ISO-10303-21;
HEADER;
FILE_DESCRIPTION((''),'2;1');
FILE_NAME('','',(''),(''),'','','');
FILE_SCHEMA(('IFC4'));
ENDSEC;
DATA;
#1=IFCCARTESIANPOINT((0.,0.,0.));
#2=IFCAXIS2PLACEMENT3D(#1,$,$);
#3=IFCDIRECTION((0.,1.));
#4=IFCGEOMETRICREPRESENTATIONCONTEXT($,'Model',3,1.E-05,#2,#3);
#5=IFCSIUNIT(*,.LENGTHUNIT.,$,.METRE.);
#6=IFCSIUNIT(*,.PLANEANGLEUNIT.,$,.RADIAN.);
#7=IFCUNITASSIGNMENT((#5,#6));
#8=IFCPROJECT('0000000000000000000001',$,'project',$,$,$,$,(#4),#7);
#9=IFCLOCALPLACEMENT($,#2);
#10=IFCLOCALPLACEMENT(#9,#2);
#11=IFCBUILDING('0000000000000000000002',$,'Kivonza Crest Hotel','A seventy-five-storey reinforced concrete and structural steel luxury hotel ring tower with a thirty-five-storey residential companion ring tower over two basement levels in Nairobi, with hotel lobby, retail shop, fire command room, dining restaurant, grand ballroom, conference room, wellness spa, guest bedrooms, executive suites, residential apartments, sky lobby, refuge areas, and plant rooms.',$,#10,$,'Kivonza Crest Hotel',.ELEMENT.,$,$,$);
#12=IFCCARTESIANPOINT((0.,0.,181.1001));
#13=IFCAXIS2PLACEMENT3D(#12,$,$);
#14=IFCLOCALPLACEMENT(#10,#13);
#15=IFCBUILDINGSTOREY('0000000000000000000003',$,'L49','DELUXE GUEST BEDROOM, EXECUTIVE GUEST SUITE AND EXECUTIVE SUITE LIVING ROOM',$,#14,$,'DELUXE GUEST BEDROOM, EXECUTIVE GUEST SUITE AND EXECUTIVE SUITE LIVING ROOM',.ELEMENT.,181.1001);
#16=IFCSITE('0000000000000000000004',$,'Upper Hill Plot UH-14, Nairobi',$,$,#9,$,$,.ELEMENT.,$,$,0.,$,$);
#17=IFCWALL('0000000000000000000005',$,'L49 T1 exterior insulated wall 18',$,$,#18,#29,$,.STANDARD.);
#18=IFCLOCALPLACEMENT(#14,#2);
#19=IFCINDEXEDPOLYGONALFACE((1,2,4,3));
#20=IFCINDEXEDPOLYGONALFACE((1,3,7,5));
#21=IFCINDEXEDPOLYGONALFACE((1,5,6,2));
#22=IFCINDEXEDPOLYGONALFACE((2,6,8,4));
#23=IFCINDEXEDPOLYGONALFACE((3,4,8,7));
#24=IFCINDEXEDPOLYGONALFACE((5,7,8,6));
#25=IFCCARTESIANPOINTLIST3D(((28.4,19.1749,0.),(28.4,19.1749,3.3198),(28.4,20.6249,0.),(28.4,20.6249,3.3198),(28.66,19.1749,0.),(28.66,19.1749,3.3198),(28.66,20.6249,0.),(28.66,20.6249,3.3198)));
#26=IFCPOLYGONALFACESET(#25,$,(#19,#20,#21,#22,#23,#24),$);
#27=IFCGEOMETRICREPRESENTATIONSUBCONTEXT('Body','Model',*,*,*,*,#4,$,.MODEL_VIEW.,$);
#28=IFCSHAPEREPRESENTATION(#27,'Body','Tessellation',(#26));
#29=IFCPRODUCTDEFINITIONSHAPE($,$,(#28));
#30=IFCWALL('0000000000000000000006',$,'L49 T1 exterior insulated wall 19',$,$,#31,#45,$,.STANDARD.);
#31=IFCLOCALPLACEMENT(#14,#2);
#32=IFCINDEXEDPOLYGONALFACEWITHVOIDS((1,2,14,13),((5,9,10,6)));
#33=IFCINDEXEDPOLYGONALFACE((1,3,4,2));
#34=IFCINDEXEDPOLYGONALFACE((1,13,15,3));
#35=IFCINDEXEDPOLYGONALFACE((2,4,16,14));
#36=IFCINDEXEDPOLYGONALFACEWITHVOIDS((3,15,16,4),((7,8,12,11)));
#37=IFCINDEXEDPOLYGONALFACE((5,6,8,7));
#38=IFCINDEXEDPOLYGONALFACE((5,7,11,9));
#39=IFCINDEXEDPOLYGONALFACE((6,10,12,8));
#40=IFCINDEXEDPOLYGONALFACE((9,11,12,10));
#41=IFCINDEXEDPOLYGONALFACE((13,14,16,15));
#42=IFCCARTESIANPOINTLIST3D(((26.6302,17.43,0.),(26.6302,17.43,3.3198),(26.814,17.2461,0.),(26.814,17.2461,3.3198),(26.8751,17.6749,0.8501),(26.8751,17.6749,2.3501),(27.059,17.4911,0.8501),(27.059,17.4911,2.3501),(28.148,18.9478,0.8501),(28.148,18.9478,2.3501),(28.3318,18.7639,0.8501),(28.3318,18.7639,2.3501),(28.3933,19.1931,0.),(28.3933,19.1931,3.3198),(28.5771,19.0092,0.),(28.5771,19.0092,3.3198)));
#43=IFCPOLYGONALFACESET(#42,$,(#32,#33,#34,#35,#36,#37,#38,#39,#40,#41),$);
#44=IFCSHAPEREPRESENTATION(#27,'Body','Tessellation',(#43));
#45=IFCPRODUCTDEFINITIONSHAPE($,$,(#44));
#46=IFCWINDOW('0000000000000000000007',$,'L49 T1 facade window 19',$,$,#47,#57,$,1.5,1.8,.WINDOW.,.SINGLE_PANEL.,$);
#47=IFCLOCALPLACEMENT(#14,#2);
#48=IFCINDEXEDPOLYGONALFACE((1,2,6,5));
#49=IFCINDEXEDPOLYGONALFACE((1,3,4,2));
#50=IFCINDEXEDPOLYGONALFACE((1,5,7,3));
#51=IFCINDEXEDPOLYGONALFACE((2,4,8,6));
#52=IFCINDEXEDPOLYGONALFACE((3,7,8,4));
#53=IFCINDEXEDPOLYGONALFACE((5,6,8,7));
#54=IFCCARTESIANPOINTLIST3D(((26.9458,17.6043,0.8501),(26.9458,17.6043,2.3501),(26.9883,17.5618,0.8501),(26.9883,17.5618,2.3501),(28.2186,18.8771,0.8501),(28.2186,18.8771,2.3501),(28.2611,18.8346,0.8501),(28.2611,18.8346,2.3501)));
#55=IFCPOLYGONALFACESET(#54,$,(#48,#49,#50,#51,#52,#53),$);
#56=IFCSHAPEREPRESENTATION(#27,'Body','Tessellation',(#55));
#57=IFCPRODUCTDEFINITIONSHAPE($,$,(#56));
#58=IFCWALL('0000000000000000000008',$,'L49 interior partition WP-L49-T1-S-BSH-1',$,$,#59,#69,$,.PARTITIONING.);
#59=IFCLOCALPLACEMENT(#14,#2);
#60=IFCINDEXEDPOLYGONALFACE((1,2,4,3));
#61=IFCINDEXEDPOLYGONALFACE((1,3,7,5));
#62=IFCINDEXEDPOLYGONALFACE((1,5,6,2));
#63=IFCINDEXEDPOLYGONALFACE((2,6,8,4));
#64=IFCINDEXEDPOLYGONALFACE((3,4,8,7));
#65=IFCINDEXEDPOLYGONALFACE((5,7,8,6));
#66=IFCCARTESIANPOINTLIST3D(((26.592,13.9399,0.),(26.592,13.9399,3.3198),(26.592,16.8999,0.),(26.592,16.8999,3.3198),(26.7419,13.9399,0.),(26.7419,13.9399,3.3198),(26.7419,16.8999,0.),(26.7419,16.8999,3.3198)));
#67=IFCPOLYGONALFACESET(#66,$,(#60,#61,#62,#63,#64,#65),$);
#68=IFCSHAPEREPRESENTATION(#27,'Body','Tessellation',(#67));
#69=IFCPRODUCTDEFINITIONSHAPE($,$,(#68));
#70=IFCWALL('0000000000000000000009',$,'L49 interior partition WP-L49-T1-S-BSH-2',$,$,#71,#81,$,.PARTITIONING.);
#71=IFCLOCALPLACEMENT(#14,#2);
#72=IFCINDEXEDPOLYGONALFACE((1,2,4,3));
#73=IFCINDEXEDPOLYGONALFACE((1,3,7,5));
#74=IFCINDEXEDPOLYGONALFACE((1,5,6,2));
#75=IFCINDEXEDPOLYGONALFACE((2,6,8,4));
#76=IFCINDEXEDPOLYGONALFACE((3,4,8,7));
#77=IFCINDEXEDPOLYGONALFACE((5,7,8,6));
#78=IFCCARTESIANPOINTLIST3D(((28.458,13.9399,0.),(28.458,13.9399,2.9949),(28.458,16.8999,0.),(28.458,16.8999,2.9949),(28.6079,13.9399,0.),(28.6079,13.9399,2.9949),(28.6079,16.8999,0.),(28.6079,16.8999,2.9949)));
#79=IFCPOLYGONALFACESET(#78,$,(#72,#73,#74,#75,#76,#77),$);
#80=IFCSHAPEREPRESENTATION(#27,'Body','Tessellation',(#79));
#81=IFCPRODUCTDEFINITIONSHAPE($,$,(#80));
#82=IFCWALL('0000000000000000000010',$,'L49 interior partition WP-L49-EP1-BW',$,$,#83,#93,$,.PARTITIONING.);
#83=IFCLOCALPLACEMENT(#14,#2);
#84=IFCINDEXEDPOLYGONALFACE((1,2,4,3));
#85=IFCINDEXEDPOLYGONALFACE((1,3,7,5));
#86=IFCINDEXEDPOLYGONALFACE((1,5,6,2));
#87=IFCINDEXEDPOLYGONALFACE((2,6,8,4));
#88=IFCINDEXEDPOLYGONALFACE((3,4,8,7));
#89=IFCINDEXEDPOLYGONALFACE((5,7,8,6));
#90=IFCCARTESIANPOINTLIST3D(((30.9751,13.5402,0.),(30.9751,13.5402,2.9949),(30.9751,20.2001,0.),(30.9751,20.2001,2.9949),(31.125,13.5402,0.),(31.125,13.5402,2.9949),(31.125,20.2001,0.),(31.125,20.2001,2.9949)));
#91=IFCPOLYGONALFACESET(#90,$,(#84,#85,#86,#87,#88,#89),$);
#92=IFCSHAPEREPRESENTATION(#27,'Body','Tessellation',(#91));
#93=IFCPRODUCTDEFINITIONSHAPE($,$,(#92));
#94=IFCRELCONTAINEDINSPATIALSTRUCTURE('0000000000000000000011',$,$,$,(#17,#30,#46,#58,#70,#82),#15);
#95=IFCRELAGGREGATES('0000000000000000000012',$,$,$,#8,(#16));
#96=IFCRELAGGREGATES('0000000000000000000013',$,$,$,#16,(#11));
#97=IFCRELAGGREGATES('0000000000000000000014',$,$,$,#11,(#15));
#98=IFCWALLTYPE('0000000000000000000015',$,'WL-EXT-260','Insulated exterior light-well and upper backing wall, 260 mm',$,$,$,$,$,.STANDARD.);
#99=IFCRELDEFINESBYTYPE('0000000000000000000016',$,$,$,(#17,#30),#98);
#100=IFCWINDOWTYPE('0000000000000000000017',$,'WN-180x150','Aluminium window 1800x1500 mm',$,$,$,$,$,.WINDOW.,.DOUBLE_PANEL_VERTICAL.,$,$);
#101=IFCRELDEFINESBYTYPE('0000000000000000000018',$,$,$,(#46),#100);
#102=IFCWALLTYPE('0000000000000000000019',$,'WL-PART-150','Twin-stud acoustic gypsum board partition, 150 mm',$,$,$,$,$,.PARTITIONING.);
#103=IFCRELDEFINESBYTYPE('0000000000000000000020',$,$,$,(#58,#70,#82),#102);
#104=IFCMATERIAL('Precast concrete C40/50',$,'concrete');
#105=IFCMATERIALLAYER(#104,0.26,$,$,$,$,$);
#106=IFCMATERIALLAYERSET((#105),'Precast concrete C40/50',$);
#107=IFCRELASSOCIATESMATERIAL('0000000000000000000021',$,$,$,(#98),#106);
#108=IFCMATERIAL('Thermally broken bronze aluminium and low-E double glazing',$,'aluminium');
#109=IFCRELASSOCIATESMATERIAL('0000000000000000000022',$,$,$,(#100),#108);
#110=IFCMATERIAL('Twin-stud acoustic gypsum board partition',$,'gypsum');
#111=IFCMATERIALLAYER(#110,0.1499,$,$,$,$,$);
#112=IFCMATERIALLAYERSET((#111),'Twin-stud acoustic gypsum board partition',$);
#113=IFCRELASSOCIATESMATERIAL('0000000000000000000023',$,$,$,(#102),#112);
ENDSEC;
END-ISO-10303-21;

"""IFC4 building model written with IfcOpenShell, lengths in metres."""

from ifc_helpers import new_model, si_unit, direction, frame, frame_2d, origin, place, context, subcontext, project, spatial, rectangle, extrude, material, layer, layer_set, type_object, element, fill, save


model = new_model("IFC4")

# Units and contexts
model_context = context("Model", 3, precision=1e-05, world=origin(), true_north=direction((0.0, 1.0)))
body_context = subcontext(model_context, "Body", "Model", "MODEL_VIEW")
ifc_project = project(units=[si_unit("LENGTHUNIT", "METRE"), si_unit("PLANEANGLEUNIT", "RADIAN")], contexts=[model_context])

# Site, building, storey
site_placement = place(None, origin())
site = spatial("IfcSite", under=ifc_project, at=site_placement, Name="Upper Hill Plot UH-14, Nairobi", CompositionType="ELEMENT", RefElevation=0.0)
building_placement = place(site_placement, origin())
building = spatial("IfcBuilding", under=site, at=building_placement, Name="Kivonza Crest Hotel", Description="A seventy-five-storey reinforced concrete and structural steel luxury hotel ring tower with a thirty-five-storey residential companion ring tower over two basement levels in Nairobi, with hotel lobby, retail shop, fire command room, dining restaurant, grand ballroom, conference room, wellness spa, guest bedrooms, executive suites, residential apartments, sky lobby, refuge areas, and plant rooms.", LongName="Kivonza Crest Hotel", CompositionType="ELEMENT")
storey_placement = place(building_placement, frame((0.0, 0.0, 181.1001)))
storey = spatial("IfcBuildingStorey", under=building, at=storey_placement, Name="L49", Description="DELUXE GUEST BEDROOM, EXECUTIVE GUEST SUITE AND EXECUTIVE SUITE LIVING ROOM", LongName="DELUXE GUEST BEDROOM, EXECUTIVE GUEST SUITE AND EXECUTIVE SUITE LIVING ROOM", CompositionType="ELEMENT", Elevation=181.1001)

# Shared definitions
ifc_material_1 = material(Name="Precast concrete C40/50", Category="concrete")
ifc_layer_1 = layer(ifc_material_1, 0.26)
ifc_layer_set_1 = layer_set([ifc_layer_1], Name="Precast concrete C40/50")
wall_type_1 = type_object("IfcWallType", Name="WL-EXT-260", Description="Insulated exterior light-well and upper backing wall, 260 mm", PredefinedType="STANDARD", material=ifc_layer_set_1)
ifc_material_2 = material(Name="Thermally broken bronze aluminium and low-E double glazing", Category="aluminium")
window_type_1 = type_object("IfcWindowType", Name="WN-180x150", Description="Aluminium window 1800x1500 mm", PartitioningType="DOUBLE_PANEL_VERTICAL", PredefinedType="WINDOW", material=ifc_material_2)

# Wall
wall_1_placement = place(storey_placement, frame((28.53, 20.625, 0.0), z_axis=(0.0, 0.0, 1.0), x_axis=(0.0, -1.0, 0.0)))
element("IfcWall", 1, at=wall_1_placement, inside=storey, type_object=wall_type_1, Name="L49 T1 exterior insulated wall 18", PredefinedType="STANDARD", context=body_context, shape_type="SweptSolid", body=[
    extrude(rectangle(XDim=1.45, YDim=0.26, at=frame_2d((0.7251, 0.0))), origin(), (0.0, 0.0, 1.0), 3.3198),
])

# Wall, opening, window
wall_2_placement = place(storey_placement, frame((28.4851, 19.1011, 0.0), z_axis=(0.0, 0.0, 1.0), x_axis=(-0.707107, -0.707107, 0.0)))
wall_2 = element("IfcWall", 2, at=wall_2_placement, inside=storey, type_object=wall_type_1, Name="L49 T1 exterior insulated wall 19", PredefinedType="STANDARD", context=body_context, shape_type="SweptSolid", body=[
    extrude(rectangle(XDim=2.4934, YDim=0.26, at=frame_2d((1.2466, 0.0))), origin(), (0.0, 0.0, 1.0), 3.3198),
])
opening_1_placement = place(wall_2_placement, frame((0.3469, 0.0, 0.8501)))
opening_1 = element("IfcOpeningElement", 3, at=opening_1_placement, cuts=wall_2, PredefinedType="OPENING", context=body_context, shape_type="SweptSolid", body=[
    extrude(rectangle(XDim=1.8, YDim=1.5, at=frame_2d((0.8999, 0.75))), frame((0.0, 0.1401, 0.0), z_axis=(0.0, -1.0, 0.0), x_axis=(1.0, 0.0, 0.0)), (0.0, 0.0, 1.0), 0.28),
])
window_1_placement = place(opening_1_placement, origin())
window_1 = element("IfcWindow", 4, at=window_1_placement, inside=storey, type_object=window_type_1, Name="L49 T1 facade window 19", OverallHeight=1.5, OverallWidth=1.8, PartitioningType="SINGLE_PANEL", PredefinedType="WINDOW", context=body_context, shape_type="SweptSolid", body=[
    extrude(rectangle(XDim=1.8, YDim=1.5, at=frame_2d((0.8999, 0.75))), frame((0.0, 0.03, 0.0), z_axis=(0.0, -1.0, 0.0), x_axis=(1.0, 0.0, 0.0)), (0.0, 0.0, 1.0), 0.0601),
])
fill(opening_1, window_1)

# Walls
ifc_material_3 = material(Name="Twin-stud acoustic gypsum board partition", Category="gypsum")
ifc_layer_2 = layer(ifc_material_3, 0.1499)
ifc_layer_set_2 = layer_set([ifc_layer_2], Name="Twin-stud acoustic gypsum board partition")
wall_type_2 = type_object("IfcWallType", Name="WL-PART-150", Description="Twin-stud acoustic gypsum board partition, 150 mm", PredefinedType="PARTITIONING", material=ifc_layer_set_2)
wall_3_placement = place(storey_placement, frame((26.667, 13.9399, 0.0), z_axis=(0.0, 0.0, 1.0), x_axis=(0.0, 1.0, 0.0)))
element("IfcWall", 5, at=wall_3_placement, inside=storey, type_object=wall_type_2, Name="L49 interior partition WP-L49-T1-S-BSH-1", PredefinedType="PARTITIONING", context=body_context, shape_type="SweptSolid", body=[
    extrude(rectangle(XDim=2.96, YDim=0.1499, at=frame_2d((1.48, 0.0))), origin(), (0.0, 0.0, 1.0), 3.3198),
])
wall_4_placement = place(storey_placement, frame((28.533, 13.9399, 0.0), z_axis=(0.0, 0.0, 1.0), x_axis=(0.0, 1.0, 0.0)))
element("IfcWall", 6, at=wall_4_placement, inside=storey, type_object=wall_type_2, Name="L49 interior partition WP-L49-T1-S-BSH-2", PredefinedType="PARTITIONING", context=body_context, shape_type="SweptSolid", body=[
    extrude(rectangle(XDim=2.96, YDim=0.1499, at=frame_2d((1.48, 0.0))), origin(), (0.0, 0.0, 1.0), 2.9949),
])
wall_5_placement = place(storey_placement, frame((31.05, 13.54, 0.0), z_axis=(0.0, 0.0, 1.0), x_axis=(0.0, 1.0, 0.0)))
element("IfcWall", 7, at=wall_5_placement, inside=storey, type_object=wall_type_2, Name="L49 interior partition WP-L49-EP1-BW", PredefinedType="PARTITIONING", context=body_context, shape_type="SweptSolid", body=[
    extrude(rectangle(XDim=6.6599, YDim=0.1499, at=frame_2d((3.3301, 0.0))), origin(), (0.0, 0.0, 1.0), 2.9949),
])

save(model, "model.ifc")
